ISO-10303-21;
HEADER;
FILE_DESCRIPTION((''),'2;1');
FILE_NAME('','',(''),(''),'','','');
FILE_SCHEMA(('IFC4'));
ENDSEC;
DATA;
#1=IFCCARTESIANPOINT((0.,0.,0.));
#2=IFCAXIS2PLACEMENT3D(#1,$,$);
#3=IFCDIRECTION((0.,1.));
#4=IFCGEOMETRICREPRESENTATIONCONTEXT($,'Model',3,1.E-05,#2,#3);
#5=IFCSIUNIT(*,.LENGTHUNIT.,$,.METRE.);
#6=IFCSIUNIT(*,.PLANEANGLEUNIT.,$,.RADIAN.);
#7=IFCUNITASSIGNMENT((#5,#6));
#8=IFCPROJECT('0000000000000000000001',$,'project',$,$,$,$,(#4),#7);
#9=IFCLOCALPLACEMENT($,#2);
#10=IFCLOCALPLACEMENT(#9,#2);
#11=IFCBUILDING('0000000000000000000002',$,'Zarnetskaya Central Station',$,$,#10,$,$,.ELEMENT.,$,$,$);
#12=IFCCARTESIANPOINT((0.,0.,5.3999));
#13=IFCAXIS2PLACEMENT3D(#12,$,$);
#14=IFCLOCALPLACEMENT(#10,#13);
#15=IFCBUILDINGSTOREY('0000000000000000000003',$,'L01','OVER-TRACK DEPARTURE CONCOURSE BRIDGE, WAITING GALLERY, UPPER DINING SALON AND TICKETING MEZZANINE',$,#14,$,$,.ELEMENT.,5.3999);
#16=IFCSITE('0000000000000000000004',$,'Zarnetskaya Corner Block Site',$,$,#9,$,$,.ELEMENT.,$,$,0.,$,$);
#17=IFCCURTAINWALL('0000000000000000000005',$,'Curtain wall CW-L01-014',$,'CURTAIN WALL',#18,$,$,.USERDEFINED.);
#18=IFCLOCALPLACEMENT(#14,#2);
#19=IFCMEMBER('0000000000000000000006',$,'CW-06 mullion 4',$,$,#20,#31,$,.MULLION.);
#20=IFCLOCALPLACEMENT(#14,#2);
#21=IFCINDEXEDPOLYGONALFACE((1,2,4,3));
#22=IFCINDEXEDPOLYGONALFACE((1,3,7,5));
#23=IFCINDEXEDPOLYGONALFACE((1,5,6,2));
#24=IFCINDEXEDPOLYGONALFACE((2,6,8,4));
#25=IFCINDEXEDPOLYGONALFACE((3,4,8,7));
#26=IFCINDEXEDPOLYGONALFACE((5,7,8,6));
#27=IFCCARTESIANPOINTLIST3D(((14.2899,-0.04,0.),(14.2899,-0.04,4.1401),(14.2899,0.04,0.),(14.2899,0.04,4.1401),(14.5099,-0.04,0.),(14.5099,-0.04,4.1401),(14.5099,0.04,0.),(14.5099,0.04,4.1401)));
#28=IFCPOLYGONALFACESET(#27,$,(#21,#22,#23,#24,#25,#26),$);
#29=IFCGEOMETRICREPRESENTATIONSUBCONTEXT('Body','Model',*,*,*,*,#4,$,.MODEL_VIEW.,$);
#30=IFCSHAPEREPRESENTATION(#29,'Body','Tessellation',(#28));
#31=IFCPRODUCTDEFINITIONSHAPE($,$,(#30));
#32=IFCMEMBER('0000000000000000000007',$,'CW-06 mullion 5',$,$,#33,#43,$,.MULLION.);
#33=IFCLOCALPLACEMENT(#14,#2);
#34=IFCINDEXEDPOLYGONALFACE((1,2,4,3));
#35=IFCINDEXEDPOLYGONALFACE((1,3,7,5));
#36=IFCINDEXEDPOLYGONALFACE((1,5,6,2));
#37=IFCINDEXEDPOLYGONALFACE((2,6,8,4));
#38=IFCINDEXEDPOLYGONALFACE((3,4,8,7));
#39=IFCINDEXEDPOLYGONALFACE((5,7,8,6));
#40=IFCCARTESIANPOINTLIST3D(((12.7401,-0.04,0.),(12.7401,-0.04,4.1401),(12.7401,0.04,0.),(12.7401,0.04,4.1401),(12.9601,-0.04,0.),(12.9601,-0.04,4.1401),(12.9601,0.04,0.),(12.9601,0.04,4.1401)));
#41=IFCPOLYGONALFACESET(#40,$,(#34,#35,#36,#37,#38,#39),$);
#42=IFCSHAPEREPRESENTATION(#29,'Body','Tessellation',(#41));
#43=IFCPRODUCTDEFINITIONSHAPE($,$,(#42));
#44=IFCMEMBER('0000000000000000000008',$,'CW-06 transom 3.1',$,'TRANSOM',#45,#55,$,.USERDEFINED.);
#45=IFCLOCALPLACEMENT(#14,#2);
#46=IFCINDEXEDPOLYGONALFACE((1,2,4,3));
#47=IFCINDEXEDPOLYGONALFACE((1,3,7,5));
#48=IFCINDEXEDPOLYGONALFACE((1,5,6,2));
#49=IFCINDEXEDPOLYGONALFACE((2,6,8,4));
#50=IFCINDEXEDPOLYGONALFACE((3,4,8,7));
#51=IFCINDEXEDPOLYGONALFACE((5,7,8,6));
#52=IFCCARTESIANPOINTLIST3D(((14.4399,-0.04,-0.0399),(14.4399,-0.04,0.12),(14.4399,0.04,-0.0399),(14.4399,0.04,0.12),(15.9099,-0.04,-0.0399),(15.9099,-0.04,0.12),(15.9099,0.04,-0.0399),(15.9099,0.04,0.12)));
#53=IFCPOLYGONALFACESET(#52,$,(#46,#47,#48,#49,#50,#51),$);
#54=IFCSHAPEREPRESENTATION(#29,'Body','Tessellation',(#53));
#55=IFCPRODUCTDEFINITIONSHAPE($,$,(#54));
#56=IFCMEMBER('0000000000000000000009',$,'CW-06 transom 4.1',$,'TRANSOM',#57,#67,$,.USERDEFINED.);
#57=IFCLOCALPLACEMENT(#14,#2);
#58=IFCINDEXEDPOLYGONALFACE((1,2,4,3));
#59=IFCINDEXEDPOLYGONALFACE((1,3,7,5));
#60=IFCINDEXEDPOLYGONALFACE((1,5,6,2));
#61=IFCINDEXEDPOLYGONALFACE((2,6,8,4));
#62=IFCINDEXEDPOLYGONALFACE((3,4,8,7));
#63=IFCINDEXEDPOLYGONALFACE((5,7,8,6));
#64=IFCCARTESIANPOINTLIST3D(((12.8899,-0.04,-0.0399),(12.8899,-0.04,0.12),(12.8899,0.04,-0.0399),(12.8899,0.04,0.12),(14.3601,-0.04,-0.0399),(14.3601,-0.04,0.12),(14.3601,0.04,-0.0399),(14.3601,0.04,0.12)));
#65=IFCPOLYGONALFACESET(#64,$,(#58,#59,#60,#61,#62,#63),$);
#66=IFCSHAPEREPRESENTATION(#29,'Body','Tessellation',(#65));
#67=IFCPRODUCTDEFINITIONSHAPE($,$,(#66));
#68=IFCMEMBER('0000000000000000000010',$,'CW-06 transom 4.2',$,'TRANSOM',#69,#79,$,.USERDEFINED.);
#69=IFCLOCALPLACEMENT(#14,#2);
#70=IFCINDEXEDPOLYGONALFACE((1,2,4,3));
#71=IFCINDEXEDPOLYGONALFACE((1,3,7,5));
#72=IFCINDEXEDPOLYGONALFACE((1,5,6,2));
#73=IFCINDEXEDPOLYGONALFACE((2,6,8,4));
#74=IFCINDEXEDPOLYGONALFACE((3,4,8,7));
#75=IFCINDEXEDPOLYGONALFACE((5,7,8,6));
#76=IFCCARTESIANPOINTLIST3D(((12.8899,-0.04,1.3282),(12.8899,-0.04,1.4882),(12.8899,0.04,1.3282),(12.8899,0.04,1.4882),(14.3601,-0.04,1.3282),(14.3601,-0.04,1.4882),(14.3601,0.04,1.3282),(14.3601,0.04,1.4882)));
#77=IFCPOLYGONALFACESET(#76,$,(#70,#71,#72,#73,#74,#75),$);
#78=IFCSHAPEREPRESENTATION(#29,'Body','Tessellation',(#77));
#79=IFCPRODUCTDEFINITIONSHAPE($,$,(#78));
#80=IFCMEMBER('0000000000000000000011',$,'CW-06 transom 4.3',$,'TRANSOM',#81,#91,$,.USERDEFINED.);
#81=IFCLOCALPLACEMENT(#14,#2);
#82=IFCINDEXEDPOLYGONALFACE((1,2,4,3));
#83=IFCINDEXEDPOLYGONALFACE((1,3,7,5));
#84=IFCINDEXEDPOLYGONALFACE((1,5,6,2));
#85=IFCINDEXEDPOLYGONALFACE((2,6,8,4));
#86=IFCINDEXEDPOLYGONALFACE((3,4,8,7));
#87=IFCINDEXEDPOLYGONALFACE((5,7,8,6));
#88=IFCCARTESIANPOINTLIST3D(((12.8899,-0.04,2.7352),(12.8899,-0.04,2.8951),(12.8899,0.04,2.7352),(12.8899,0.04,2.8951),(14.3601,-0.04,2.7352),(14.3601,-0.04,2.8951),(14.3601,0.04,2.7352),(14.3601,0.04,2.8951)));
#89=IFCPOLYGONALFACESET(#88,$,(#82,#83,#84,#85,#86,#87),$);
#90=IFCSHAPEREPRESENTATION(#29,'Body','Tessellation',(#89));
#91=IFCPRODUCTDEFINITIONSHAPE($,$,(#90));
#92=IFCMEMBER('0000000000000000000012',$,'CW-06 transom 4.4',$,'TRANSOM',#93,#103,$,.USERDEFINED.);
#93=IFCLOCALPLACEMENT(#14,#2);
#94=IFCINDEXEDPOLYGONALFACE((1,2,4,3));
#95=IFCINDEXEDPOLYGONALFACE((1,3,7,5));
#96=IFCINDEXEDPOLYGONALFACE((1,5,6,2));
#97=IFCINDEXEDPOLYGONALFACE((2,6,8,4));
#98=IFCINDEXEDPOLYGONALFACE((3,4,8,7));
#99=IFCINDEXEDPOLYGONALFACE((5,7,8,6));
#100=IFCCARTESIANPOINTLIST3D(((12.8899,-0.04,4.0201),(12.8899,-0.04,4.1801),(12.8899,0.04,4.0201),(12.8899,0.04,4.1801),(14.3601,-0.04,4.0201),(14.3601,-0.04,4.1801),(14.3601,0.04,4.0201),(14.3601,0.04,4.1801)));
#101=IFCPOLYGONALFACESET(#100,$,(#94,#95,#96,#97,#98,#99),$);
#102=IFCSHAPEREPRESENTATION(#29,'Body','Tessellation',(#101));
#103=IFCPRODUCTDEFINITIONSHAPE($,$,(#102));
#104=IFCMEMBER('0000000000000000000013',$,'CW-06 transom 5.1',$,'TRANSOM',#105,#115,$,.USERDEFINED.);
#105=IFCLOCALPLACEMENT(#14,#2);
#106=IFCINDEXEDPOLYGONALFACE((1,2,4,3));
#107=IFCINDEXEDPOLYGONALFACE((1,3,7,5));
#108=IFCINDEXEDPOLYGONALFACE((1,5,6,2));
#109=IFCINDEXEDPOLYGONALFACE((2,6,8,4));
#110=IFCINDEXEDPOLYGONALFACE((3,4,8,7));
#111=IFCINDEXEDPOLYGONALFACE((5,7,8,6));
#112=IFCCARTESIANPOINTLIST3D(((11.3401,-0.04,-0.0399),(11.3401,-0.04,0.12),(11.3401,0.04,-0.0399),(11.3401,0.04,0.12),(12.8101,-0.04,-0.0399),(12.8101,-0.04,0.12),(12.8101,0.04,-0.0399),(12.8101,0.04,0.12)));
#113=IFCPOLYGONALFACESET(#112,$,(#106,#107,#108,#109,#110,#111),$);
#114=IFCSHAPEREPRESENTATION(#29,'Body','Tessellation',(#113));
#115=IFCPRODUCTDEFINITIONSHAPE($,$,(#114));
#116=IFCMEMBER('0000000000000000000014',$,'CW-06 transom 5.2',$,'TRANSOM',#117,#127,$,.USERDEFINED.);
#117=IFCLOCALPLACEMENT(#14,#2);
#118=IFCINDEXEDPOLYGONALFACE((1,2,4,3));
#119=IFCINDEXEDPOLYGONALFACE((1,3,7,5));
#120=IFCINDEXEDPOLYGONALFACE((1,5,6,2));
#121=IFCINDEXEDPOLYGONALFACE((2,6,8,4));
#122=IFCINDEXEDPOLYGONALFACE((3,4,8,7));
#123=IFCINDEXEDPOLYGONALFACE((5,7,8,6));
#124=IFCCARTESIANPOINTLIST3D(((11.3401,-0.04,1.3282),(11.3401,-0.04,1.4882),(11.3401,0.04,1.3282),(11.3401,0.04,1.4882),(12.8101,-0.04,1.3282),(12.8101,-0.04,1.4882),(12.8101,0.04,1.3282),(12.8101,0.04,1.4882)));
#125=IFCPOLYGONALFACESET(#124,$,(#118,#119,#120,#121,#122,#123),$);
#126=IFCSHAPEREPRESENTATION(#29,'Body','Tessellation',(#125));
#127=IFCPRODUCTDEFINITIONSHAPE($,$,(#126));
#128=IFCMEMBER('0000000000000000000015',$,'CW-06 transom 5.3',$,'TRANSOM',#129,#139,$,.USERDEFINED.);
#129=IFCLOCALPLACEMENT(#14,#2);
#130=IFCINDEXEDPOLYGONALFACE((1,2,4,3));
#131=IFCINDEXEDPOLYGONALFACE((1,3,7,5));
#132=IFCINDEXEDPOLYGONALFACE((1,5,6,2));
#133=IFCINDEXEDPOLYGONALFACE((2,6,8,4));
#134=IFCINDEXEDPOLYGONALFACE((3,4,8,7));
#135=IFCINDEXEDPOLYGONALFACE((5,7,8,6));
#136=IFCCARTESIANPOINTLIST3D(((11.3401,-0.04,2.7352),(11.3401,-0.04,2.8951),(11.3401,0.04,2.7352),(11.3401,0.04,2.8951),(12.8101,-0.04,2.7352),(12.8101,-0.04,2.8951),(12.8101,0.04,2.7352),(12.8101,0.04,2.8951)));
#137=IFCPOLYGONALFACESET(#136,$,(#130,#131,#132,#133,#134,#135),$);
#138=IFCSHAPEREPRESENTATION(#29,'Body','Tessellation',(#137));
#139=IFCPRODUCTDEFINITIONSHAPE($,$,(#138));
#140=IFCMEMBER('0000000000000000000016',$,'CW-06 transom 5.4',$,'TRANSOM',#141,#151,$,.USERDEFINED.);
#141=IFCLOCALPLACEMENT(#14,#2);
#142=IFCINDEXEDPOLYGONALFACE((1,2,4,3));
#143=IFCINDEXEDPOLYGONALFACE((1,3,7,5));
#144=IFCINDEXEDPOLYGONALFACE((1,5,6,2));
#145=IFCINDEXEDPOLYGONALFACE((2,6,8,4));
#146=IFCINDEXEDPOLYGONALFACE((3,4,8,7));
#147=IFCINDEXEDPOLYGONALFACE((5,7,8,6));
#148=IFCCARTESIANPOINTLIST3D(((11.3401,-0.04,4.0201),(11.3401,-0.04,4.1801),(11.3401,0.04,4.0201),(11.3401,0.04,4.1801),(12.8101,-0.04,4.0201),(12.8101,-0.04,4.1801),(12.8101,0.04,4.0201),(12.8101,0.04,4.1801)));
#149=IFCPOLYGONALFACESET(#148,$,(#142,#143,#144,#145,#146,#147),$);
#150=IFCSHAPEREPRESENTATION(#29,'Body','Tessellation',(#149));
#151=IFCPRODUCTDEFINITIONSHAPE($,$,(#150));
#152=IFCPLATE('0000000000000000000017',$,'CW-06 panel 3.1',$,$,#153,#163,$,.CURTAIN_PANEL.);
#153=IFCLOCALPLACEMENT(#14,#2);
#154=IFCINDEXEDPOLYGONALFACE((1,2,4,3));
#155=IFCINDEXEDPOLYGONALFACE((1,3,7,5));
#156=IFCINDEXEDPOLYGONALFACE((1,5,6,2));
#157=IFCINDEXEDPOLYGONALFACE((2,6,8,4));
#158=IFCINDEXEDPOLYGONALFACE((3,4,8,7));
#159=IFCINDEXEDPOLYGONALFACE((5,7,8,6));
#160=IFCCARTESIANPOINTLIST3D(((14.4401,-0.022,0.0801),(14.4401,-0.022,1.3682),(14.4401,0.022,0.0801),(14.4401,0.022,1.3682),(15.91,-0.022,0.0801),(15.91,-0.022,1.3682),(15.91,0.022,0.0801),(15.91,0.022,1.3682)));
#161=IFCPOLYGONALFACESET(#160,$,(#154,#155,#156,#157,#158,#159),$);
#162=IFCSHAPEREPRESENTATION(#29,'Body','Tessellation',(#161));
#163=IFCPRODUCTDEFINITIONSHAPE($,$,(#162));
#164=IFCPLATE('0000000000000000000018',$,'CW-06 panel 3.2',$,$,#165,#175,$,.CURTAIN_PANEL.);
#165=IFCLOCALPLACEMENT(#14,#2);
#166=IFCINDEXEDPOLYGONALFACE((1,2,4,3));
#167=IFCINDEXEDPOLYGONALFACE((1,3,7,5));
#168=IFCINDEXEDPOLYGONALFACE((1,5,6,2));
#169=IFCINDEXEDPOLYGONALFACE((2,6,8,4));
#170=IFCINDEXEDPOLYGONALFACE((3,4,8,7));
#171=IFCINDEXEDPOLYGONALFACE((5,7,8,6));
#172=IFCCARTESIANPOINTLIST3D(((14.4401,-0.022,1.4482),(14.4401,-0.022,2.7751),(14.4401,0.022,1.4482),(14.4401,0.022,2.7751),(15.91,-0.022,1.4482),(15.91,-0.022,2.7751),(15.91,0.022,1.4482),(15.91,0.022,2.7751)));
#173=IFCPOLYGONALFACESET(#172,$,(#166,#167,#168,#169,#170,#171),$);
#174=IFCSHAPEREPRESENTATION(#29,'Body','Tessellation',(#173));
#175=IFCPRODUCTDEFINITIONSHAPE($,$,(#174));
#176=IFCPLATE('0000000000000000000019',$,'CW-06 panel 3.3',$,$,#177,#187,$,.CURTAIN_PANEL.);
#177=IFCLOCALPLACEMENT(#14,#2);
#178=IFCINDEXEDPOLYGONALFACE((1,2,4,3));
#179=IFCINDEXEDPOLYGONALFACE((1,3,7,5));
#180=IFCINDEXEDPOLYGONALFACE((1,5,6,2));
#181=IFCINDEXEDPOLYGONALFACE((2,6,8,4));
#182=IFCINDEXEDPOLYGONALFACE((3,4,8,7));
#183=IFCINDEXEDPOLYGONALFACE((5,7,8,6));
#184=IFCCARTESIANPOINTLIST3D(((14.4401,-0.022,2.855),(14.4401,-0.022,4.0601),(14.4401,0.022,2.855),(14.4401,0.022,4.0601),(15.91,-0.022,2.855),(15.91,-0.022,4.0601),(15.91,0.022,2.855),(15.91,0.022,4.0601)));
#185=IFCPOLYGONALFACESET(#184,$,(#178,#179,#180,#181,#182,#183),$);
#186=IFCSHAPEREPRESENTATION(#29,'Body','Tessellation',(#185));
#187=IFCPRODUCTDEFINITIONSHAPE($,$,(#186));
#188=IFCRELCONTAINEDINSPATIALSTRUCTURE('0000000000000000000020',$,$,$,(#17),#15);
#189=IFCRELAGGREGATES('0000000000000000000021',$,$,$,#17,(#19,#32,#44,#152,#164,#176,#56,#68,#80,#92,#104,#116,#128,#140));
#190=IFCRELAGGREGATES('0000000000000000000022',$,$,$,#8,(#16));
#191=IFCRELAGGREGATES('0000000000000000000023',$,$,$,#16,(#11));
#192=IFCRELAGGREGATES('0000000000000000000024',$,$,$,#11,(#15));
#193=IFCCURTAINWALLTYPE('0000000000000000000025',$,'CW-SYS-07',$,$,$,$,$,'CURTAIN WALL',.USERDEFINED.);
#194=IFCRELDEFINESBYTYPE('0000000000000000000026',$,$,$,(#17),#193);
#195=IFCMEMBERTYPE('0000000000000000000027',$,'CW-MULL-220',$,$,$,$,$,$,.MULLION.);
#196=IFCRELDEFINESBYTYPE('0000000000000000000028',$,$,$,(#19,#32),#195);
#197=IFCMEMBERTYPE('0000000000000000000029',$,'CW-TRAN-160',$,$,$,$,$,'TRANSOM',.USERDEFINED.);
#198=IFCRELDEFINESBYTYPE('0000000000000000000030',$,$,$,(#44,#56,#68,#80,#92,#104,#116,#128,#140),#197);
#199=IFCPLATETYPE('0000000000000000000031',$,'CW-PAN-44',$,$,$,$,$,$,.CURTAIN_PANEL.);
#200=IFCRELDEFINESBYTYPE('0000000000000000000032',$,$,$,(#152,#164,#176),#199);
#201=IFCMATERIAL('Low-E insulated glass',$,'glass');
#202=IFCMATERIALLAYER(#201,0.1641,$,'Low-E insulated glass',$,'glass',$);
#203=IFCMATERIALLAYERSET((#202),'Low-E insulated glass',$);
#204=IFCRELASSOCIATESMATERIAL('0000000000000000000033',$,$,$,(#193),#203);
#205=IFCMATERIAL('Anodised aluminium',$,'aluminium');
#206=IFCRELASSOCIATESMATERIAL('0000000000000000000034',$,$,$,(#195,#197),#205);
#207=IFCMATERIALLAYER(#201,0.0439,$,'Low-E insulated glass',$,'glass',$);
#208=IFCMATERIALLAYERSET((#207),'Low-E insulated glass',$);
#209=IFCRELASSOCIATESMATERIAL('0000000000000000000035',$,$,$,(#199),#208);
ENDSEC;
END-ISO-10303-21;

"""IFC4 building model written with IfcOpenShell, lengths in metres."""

from ifc_helpers import new_model, si_unit, direction, frame, origin, origin_2d, place, context, subcontext, project, spatial, rectangle, extrude, material, layer, layer_set, material_profile, profile_set, type_object, element, aggregate, save


model = new_model("IFC4")

# Units and contexts
model_context = context("Model", 3, precision=1e-05, world=origin(), true_north=direction((0.0, 1.0)))
body_context = subcontext(model_context, "Body", "Model", "MODEL_VIEW")
ifc_project = project(units=[si_unit("LENGTHUNIT", "METRE"), si_unit("PLANEANGLEUNIT", "RADIAN")], contexts=[model_context])

# Site, building, storey
site_placement = place(None, origin())
site = spatial("IfcSite", under=ifc_project, at=site_placement, Name="Zarnetskaya Corner Block Site", CompositionType="ELEMENT", RefElevation=0.0)
building_placement = place(site_placement, origin())
building = spatial("IfcBuilding", under=site, at=building_placement, Name="Zarnetskaya Central Station", CompositionType="ELEMENT")
storey_placement = place(building_placement, frame((0.0, 0.0, 5.3999)))
storey = spatial("IfcBuildingStorey", under=building, at=storey_placement, Name="L01", Description="OVER-TRACK DEPARTURE CONCOURSE BRIDGE, WAITING GALLERY, UPPER DINING SALON AND TICKETING MEZZANINE", CompositionType="ELEMENT", Elevation=5.3999)

# Curtain wall, members, plates
ifc_material_1 = material(Name="Low-E insulated glass", Category="glass")
ifc_layer_1 = layer(ifc_material_1, 0.1641, Name="Low-E insulated glass", Category="glass")
ifc_layer_set_1 = layer_set([ifc_layer_1], Name="Low-E insulated glass")
curtain_wall_type = type_object("IfcCurtainWallType", Name="CW-SYS-07", ElementType="CURTAIN WALL", PredefinedType="USERDEFINED", material=ifc_layer_set_1)
curtain_wall_placement = place(storey_placement, origin())
curtain_wall = element("IfcCurtainWall", 1, at=curtain_wall_placement, inside=storey, type_object=curtain_wall_type, Name="Curtain wall CW-L01-014", ObjectType="CURTAIN WALL", PredefinedType="USERDEFINED")
ifc_material_2 = material(Name="Anodised aluminium", Category="aluminium")
ifc_material_profile_1 = material_profile(ifc_material_2, rectangle(XDim=0.0801, YDim=0.22, at=origin_2d()), Name="ALU MULL 80x220")
ifc_profile_set_1 = profile_set([ifc_material_profile_1], Name="Anodised aluminium")
member_type_1 = type_object("IfcMemberType", Name="CW-MULL-220", PredefinedType="MULLION", material=ifc_profile_set_1)
member_1_placement = place(storey_placement, frame((14.3999, 0.0, 0.0), z_axis=(0.0, 0.0, 1.0), x_axis=(0.0, -1.0, 0.0)))
member_1 = element("IfcMember", 2, at=member_1_placement, type_object=member_type_1, Name="CW-06 mullion 4", PredefinedType="MULLION", context=body_context, shape_type="SweptSolid", body=[
    extrude(rectangle(XDim=0.0801, YDim=0.22, at=origin_2d()), origin(), (0.0, 0.0, 1.0), 4.1401),
])
member_2_placement = place(storey_placement, frame((12.8501, 0.0, 0.0), z_axis=(0.0, 0.0, 1.0), x_axis=(0.0, -1.0, 0.0)))
member_2 = element("IfcMember", 3, at=member_2_placement, type_object=member_type_1, Name="CW-06 mullion 5", PredefinedType="MULLION", context=body_context, shape_type="SweptSolid", body=[
    extrude(rectangle(XDim=0.0801, YDim=0.22, at=origin_2d()), origin(), (0.0, 0.0, 1.0), 4.1401),
])
ifc_material_profile_2 = material_profile(ifc_material_2, rectangle(XDim=0.0801, YDim=0.1599, at=origin_2d()), Name="ALU TRAN 80x160")
ifc_profile_set_2 = profile_set([ifc_material_profile_2], Name="Anodised aluminium")
member_type_2 = type_object("IfcMemberType", Name="CW-TRAN-160", ElementType="TRANSOM", PredefinedType="USERDEFINED", material=ifc_profile_set_2)
member_3_placement = place(storey_placement, frame((15.9099, 0.0, 0.04), z_axis=(-1.0, 0.0, 0.0), x_axis=(0.0, -1.0, 0.0)))
member_3 = element("IfcMember", 4, at=member_3_placement, type_object=member_type_2, Name="CW-06 transom 3.1", ObjectType="TRANSOM", PredefinedType="USERDEFINED", context=body_context, shape_type="SweptSolid", body=[
    extrude(rectangle(XDim=0.0801, YDim=0.1599, at=origin_2d()), origin(), (0.0, 0.0, 1.0), 1.47),
])
member_4_placement = place(storey_placement, frame((14.3601, 0.0, 0.04), z_axis=(-1.0, 0.0, 0.0), x_axis=(0.0, -1.0, 0.0)))
member_4 = element("IfcMember", 5, at=member_4_placement, type_object=member_type_2, Name="CW-06 transom 4.1", ObjectType="TRANSOM", PredefinedType="USERDEFINED", context=body_context, shape_type="SweptSolid", body=[
    extrude(rectangle(XDim=0.0801, YDim=0.1599, at=origin_2d()), origin(), (0.0, 0.0, 1.0), 1.4702),
])
member_5_placement = place(storey_placement, frame((14.3601, 0.0, 1.4082), z_axis=(-1.0, 0.0, 0.0), x_axis=(0.0, -1.0, 0.0)))
member_5 = element("IfcMember", 6, at=member_5_placement, type_object=member_type_2, Name="CW-06 transom 4.2", ObjectType="TRANSOM", PredefinedType="USERDEFINED", context=body_context, shape_type="SweptSolid", body=[
    extrude(rectangle(XDim=0.0801, YDim=0.1599, at=origin_2d()), origin(), (0.0, 0.0, 1.0), 1.4702),
])
member_6_placement = place(storey_placement, frame((14.3601, 0.0, 2.8152), z_axis=(-1.0, 0.0, 0.0), x_axis=(0.0, -1.0, 0.0)))
member_6 = element("IfcMember", 7, at=member_6_placement, type_object=member_type_2, Name="CW-06 transom 4.3", ObjectType="TRANSOM", PredefinedType="USERDEFINED", context=body_context, shape_type="SweptSolid", body=[
    extrude(rectangle(XDim=0.0801, YDim=0.1599, at=origin_2d()), origin(), (0.0, 0.0, 1.0), 1.4702),
])
member_7_placement = place(storey_placement, frame((14.3601, 0.0, 4.1001), z_axis=(-1.0, 0.0, 0.0), x_axis=(0.0, -1.0, 0.0)))
member_7 = element("IfcMember", 8, at=member_7_placement, type_object=member_type_2, Name="CW-06 transom 4.4", ObjectType="TRANSOM", PredefinedType="USERDEFINED", context=body_context, shape_type="SweptSolid", body=[
    extrude(rectangle(XDim=0.0801, YDim=0.1599, at=origin_2d()), origin(), (0.0, 0.0, 1.0), 1.4702),
])
member_8_placement = place(storey_placement, frame((12.8101, 0.0, 0.04), z_axis=(-1.0, 0.0, 0.0), x_axis=(0.0, -1.0, 0.0)))
member_8 = element("IfcMember", 9, at=member_8_placement, type_object=member_type_2, Name="CW-06 transom 5.1", ObjectType="TRANSOM", PredefinedType="USERDEFINED", context=body_context, shape_type="SweptSolid", body=[
    extrude(rectangle(XDim=0.0801, YDim=0.1599, at=origin_2d()), origin(), (0.0, 0.0, 1.0), 1.47),
])
member_9_placement = place(storey_placement, frame((12.8101, 0.0, 1.4082), z_axis=(-1.0, 0.0, 0.0), x_axis=(0.0, -1.0, 0.0)))
member_9 = element("IfcMember", 10, at=member_9_placement, type_object=member_type_2, Name="CW-06 transom 5.2", ObjectType="TRANSOM", PredefinedType="USERDEFINED", context=body_context, shape_type="SweptSolid", body=[
    extrude(rectangle(XDim=0.0801, YDim=0.1599, at=origin_2d()), origin(), (0.0, 0.0, 1.0), 1.47),
])
member_10_placement = place(storey_placement, frame((12.8101, 0.0, 2.8152), z_axis=(-1.0, 0.0, 0.0), x_axis=(0.0, -1.0, 0.0)))
member_10 = element("IfcMember", 11, at=member_10_placement, type_object=member_type_2, Name="CW-06 transom 5.3", ObjectType="TRANSOM", PredefinedType="USERDEFINED", context=body_context, shape_type="SweptSolid", body=[
    extrude(rectangle(XDim=0.0801, YDim=0.1599, at=origin_2d()), origin(), (0.0, 0.0, 1.0), 1.47),
])
member_11_placement = place(storey_placement, frame((12.8101, 0.0, 4.1001), z_axis=(-1.0, 0.0, 0.0), x_axis=(0.0, -1.0, 0.0)))
member_11 = element("IfcMember", 12, at=member_11_placement, type_object=member_type_2, Name="CW-06 transom 5.4", ObjectType="TRANSOM", PredefinedType="USERDEFINED", context=body_context, shape_type="SweptSolid", body=[
    extrude(rectangle(XDim=0.0801, YDim=0.1599, at=origin_2d()), origin(), (0.0, 0.0, 1.0), 1.47),
])
ifc_layer_2 = layer(ifc_material_1, 0.0439, Name="Low-E insulated glass", Category="glass")
ifc_layer_set_2 = layer_set([ifc_layer_2], Name="Low-E insulated glass")
plate_type = type_object("IfcPlateType", Name="CW-PAN-44", PredefinedType="CURTAIN_PANEL", material=ifc_layer_set_2)
plate_1_placement = place(storey_placement, frame((15.175, 0.0, 0.0801), z_axis=(0.0, 0.0, 1.0), x_axis=(-1.0, 0.0, 0.0)))
plate_1 = element("IfcPlate", 13, at=plate_1_placement, type_object=plate_type, Name="CW-06 panel 3.1", PredefinedType="CURTAIN_PANEL", context=body_context, shape_type="SweptSolid", body=[
    extrude(rectangle(XDim=1.47, YDim=0.0439, at=origin_2d()), origin(), (0.0, 0.0, 1.0), 1.2881),
])
plate_2_placement = place(storey_placement, frame((15.175, 0.0, 1.4482), z_axis=(0.0, 0.0, 1.0), x_axis=(-1.0, 0.0, 0.0)))
plate_2 = element("IfcPlate", 14, at=plate_2_placement, type_object=plate_type, Name="CW-06 panel 3.2", PredefinedType="CURTAIN_PANEL", context=body_context, shape_type="SweptSolid", body=[
    extrude(rectangle(XDim=1.47, YDim=0.0439, at=origin_2d()), origin(), (0.0, 0.0, 1.0), 1.3269),
])
plate_3_placement = place(storey_placement, frame((15.175, 0.0, 2.855), z_axis=(0.0, 0.0, 1.0), x_axis=(-1.0, 0.0, 0.0)))
plate_3 = element("IfcPlate", 15, at=plate_3_placement, type_object=plate_type, Name="CW-06 panel 3.3", PredefinedType="CURTAIN_PANEL", context=body_context, shape_type="SweptSolid", body=[
    extrude(rectangle(XDim=1.47, YDim=0.0439, at=origin_2d()), origin(), (0.0, 0.0, 1.0), 1.2051),
])
aggregate(curtain_wall, [member_1, member_2, member_3, plate_1, plate_2, plate_3, member_4, member_5, member_6, member_7, member_8, member_9, member_10, member_11])

save(model, "model.ifc")
